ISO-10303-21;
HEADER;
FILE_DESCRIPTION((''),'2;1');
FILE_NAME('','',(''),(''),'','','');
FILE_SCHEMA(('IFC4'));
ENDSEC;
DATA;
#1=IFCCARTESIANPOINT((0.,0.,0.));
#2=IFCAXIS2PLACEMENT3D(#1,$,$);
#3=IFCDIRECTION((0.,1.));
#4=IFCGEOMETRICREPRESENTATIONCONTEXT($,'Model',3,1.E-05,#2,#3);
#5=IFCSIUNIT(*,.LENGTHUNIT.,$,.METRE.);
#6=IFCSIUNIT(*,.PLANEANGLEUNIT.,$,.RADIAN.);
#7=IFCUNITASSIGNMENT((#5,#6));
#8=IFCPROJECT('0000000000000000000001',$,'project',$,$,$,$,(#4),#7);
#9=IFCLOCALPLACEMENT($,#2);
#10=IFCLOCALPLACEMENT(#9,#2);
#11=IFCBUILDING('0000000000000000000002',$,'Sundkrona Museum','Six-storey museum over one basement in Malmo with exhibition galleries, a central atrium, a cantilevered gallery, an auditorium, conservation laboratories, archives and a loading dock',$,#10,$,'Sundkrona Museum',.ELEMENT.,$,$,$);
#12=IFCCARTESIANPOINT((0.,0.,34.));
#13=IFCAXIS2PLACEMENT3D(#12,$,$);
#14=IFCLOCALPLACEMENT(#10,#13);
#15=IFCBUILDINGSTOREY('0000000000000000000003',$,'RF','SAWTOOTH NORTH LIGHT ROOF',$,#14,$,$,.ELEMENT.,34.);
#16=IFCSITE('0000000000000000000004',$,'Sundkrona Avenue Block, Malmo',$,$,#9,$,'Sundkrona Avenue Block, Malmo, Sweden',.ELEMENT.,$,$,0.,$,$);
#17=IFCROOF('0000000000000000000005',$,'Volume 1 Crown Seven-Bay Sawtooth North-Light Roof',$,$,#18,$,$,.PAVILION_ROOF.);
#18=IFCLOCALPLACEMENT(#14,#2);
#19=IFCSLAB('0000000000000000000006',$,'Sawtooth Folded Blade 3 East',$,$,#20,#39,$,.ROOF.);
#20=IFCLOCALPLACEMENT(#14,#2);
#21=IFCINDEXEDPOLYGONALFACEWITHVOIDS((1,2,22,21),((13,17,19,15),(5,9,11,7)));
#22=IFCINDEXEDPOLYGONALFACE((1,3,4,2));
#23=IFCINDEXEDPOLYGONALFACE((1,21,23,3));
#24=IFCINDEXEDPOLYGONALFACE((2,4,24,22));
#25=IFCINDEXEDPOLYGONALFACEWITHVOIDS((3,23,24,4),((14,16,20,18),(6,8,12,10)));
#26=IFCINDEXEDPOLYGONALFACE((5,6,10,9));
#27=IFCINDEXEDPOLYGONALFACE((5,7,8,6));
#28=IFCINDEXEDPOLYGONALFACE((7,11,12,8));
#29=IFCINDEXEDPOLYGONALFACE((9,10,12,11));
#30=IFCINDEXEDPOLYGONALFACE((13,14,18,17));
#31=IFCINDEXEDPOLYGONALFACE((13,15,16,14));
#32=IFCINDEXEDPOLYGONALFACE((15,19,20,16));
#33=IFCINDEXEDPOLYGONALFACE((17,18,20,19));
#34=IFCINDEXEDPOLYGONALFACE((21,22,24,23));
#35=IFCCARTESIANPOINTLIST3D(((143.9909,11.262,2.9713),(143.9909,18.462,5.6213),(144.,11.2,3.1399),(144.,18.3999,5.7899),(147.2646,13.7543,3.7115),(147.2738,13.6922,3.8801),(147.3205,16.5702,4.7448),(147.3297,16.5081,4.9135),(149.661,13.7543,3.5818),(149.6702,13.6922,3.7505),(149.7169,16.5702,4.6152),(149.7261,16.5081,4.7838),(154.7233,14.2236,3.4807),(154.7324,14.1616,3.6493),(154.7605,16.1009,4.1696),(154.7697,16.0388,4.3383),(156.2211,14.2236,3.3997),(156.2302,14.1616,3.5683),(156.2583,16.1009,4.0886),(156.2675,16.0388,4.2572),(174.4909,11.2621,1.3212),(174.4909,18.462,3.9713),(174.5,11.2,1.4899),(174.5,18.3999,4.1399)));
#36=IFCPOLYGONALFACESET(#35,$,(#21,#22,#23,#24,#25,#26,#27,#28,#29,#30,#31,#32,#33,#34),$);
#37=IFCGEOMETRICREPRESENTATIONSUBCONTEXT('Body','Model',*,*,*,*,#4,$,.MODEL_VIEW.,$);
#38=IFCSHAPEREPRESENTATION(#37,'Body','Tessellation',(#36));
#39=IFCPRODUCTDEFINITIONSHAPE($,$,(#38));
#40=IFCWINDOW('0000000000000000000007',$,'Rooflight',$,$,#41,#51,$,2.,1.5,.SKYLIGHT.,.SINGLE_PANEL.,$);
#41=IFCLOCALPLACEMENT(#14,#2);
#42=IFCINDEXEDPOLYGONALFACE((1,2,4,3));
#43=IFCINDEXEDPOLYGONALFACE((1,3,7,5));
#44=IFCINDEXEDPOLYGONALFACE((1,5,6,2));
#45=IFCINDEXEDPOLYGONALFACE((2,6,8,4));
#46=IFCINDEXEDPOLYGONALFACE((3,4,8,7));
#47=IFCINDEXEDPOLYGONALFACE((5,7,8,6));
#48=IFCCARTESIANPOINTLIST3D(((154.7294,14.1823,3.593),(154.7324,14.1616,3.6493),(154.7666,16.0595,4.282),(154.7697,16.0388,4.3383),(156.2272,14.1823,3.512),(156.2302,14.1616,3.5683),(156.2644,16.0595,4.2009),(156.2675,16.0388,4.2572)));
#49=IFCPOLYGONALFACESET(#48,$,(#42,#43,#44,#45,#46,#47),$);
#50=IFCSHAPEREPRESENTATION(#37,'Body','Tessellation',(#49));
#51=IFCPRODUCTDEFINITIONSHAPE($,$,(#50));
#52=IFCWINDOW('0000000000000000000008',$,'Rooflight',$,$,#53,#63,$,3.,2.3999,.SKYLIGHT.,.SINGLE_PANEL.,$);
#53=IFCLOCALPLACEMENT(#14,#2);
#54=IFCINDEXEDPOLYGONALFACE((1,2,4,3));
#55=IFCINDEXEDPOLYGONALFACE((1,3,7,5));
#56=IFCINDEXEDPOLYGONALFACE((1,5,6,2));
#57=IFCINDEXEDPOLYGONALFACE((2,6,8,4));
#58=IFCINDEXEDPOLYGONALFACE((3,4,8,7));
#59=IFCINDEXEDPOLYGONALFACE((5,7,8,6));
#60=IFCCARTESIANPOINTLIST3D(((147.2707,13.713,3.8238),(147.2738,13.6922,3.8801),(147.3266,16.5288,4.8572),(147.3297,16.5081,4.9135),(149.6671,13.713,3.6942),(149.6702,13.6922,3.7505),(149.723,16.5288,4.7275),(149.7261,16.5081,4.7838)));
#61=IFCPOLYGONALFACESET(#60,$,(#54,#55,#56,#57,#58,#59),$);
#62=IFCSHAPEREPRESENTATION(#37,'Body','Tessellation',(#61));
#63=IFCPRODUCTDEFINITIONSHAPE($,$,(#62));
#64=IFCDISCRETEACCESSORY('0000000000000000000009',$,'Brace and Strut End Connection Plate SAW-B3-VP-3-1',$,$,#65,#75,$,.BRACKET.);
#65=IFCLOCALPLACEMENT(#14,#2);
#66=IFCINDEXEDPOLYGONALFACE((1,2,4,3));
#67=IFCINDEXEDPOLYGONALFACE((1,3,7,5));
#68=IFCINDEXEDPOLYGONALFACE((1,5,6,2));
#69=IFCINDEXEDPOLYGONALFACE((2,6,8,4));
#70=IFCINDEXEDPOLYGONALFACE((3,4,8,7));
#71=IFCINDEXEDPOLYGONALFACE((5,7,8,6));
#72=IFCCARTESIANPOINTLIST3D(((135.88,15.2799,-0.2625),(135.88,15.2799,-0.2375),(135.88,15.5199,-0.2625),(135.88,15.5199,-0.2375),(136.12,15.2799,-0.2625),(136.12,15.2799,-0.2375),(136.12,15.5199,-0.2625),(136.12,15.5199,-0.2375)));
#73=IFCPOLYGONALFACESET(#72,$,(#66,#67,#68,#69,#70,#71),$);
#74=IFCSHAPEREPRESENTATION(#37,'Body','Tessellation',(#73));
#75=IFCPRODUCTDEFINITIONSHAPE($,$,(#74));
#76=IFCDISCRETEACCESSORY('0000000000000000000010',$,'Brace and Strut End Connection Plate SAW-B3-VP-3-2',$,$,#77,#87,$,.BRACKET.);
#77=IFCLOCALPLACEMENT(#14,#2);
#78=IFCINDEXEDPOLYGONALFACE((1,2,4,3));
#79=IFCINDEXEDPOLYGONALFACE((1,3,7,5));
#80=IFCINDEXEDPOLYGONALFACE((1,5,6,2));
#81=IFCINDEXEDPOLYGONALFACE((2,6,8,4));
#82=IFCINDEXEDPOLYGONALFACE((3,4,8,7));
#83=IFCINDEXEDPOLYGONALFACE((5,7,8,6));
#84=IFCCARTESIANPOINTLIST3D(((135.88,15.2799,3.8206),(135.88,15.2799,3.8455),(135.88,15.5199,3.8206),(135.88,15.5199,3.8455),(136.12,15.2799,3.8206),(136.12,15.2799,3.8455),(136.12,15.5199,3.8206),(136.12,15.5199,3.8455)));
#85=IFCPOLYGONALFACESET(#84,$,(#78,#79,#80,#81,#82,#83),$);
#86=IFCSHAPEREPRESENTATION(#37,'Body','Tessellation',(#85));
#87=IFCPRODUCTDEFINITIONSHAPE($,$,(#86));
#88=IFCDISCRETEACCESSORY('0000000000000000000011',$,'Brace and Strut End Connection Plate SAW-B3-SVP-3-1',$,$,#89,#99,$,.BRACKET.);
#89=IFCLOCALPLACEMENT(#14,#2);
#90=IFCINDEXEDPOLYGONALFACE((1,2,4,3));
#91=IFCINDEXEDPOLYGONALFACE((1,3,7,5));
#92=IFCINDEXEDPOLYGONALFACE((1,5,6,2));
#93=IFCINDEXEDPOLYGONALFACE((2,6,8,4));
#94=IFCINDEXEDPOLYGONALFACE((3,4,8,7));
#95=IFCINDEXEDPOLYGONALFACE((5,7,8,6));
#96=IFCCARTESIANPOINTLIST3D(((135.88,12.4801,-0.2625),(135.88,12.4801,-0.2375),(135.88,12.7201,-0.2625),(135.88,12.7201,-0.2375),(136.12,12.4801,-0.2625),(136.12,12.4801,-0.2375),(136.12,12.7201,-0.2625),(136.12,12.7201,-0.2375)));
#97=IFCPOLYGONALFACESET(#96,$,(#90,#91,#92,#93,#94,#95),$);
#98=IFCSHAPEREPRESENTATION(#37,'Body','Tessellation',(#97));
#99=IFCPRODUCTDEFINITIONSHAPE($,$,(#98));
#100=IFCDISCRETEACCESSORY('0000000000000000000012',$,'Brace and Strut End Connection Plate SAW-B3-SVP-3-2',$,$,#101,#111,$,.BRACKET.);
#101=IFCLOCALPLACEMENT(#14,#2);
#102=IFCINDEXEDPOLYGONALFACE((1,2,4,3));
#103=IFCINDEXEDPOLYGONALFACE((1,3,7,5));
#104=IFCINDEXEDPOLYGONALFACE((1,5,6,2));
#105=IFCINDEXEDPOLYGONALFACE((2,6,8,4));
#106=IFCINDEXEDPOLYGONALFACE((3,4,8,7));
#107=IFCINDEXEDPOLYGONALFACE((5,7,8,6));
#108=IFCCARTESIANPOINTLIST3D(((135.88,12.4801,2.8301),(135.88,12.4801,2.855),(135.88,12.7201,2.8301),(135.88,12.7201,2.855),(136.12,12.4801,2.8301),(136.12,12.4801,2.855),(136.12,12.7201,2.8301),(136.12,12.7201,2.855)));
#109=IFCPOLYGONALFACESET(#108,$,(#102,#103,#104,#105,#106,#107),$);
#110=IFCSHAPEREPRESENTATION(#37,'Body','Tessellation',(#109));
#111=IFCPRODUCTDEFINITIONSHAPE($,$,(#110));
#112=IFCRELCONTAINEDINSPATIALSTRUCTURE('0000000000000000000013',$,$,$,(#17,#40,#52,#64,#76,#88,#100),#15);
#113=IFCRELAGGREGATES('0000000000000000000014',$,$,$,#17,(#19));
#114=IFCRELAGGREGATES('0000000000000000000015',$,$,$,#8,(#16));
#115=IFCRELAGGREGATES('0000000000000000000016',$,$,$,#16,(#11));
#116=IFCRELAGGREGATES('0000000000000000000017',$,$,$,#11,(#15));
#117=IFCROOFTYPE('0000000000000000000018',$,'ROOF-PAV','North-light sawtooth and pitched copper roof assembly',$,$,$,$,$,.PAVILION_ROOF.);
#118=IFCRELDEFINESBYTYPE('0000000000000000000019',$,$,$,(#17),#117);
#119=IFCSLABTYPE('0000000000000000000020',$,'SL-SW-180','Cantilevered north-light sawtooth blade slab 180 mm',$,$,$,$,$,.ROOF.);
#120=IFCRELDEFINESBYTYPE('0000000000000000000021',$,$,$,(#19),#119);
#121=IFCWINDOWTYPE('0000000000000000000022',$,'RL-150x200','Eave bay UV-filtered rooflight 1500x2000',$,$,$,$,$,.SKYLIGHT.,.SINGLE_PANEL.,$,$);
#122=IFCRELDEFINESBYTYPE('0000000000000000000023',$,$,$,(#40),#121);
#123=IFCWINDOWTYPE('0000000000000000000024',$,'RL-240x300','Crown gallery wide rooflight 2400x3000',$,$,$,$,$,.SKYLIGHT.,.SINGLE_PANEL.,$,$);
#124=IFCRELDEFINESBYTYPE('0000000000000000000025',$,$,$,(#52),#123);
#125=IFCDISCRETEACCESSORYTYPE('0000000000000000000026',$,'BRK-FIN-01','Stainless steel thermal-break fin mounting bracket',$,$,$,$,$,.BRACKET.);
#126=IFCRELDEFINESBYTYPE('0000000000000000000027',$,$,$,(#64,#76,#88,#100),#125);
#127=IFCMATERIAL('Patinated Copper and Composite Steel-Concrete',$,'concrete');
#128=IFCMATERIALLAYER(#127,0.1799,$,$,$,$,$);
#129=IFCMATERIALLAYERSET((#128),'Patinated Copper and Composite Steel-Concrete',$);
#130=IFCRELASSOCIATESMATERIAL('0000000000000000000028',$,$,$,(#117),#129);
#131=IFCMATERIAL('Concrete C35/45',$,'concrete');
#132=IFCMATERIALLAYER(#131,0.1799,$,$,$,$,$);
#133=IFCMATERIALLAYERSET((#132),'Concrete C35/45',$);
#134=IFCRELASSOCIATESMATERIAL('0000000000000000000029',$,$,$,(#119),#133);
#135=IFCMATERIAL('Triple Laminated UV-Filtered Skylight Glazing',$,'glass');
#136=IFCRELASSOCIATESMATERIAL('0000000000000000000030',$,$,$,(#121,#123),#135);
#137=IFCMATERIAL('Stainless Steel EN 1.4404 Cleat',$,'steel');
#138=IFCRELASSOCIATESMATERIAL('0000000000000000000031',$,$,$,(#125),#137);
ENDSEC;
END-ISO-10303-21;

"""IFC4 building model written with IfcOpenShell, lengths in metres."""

from ifc_helpers import new_model, si_unit, direction, frame, origin, origin_2d, place, context, subcontext, project, spatial, polyline, rectangle, outline, extrude, material, layer, layer_set, type_object, element, fill, aggregate, save


model = new_model("IFC4")

# Units and contexts
model_context = context("Model", 3, precision=1e-05, world=origin(), true_north=direction((0.0, 1.0)))
body_context = subcontext(model_context, "Body", "Model", "MODEL_VIEW")
ifc_project = project(units=[si_unit("LENGTHUNIT", "METRE"), si_unit("PLANEANGLEUNIT", "RADIAN")], contexts=[model_context])

# Site, building, storey
site_placement = place(None, origin())
site = spatial("IfcSite", under=ifc_project, at=site_placement, Name="Sundkrona Avenue Block, Malmo", LongName="Sundkrona Avenue Block, Malmo, Sweden", CompositionType="ELEMENT", RefElevation=0.0)
building_placement = place(site_placement, origin())
building = spatial("IfcBuilding", under=site, at=building_placement, Name="Sundkrona Museum", Description="Six-storey museum over one basement in Malmo with exhibition galleries, a central atrium, a cantilevered gallery, an auditorium, conservation laboratories, archives and a loading dock", LongName="Sundkrona Museum", CompositionType="ELEMENT")
storey_placement = place(building_placement, frame((0.0, 0.0, 34.0)))
storey = spatial("IfcBuildingStorey", under=building, at=storey_placement, Name="RF", Description="SAWTOOTH NORTH LIGHT ROOF", CompositionType="ELEMENT", Elevation=34.0)

# Roof, slab, openings, windows
ifc_material_1 = material(Name="Patinated Copper and Composite Steel-Concrete", Category="concrete")
ifc_layer_1 = layer(ifc_material_1, 0.1799)
ifc_layer_set_1 = layer_set([ifc_layer_1], Name="Patinated Copper and Composite Steel-Concrete")
roof_type = type_object("IfcRoofType", Name="ROOF-PAV", Description="North-light sawtooth and pitched copper roof assembly", PredefinedType="PAVILION_ROOF", material=ifc_layer_set_1)
roof_placement = place(storey_placement, origin())
roof = element("IfcRoof", 1, at=roof_placement, inside=storey, type_object=roof_type, Name="Volume 1 Crown Seven-Bay Sawtooth North-Light Roof", PredefinedType="PAVILION_ROOF")
ifc_material_2 = material(Name="Concrete C35/45", Category="concrete")
ifc_layer_2 = layer(ifc_material_2, 0.1799)
ifc_layer_set_2 = layer_set([ifc_layer_2], Name="Concrete C35/45")
slab_type = type_object("IfcSlabType", Name="SL-SW-180", Description="Cantilevered north-light sawtooth blade slab 180 mm", PredefinedType="ROOF", material=ifc_layer_set_2)
slab_placement = place(storey_placement, frame((144.0, 11.2, 3.1399), z_axis=(0.050704, -0.344964, 0.937245), x_axis=(0.99854, 0.000001, -0.05402)))
slab = element("IfcSlab", 2, at=slab_placement, type_object=slab_type, Name="Sawtooth Folded Blade 3 East", PredefinedType="ROOF", context=body_context, shape_type="SweptSolid", body=[
    extrude(outline(polyline([(0.0, 0.0), (30.5446, 0.0), (30.4015, 7.6708), (-0.1432, 7.6709), (0.0, 0.0)])), origin(), (0.0, 0.0, -1.0), 0.1799),
])
opening_1_placement = place(slab_placement, frame((4.429, 4.1553, 0.01)))
opening_1 = element("IfcOpeningElement", 3, at=opening_1_placement, cuts=slab, PredefinedType="OPENING", context=body_context, shape_type="SweptSolid", body=[
    extrude(rectangle(XDim=2.3999, YDim=3.0, at=origin_2d()), origin(), (0.0, 0.0, -1.0), 0.2),
])
opening_2_placement = place(slab_placement, frame((11.4392, 4.1553, 0.01)))
opening_2 = element("IfcOpeningElement", 4, at=opening_2_placement, cuts=slab, PredefinedType="OPENING", context=body_context, shape_type="SweptSolid", body=[
    extrude(rectangle(XDim=1.5, YDim=2.0, at=origin_2d()), origin(), (0.0, 0.0, -1.0), 0.2),
])
ifc_material_3 = material(Name="Triple Laminated UV-Filtered Skylight Glazing", Category="glass")
window_type_1 = type_object("IfcWindowType", Name="RL-150x200", Description="Eave bay UV-filtered rooflight 1500x2000", PartitioningType="SINGLE_PANEL", PredefinedType="SKYLIGHT", material=ifc_material_3)
window_1_placement = place(slab_placement, frame((11.4392, 4.1553, 0.0)))
window_1 = element("IfcWindow", 5, at=window_1_placement, inside=storey, type_object=window_type_1, Name="Rooflight", OverallHeight=2.0, OverallWidth=1.5, PartitioningType="SINGLE_PANEL", PredefinedType="SKYLIGHT", context=body_context, shape_type="SweptSolid", body=[
    extrude(rectangle(XDim=1.5, YDim=2.0, at=origin_2d()), origin(), (0.0, 0.0, -1.0), 0.0601),
])
fill(opening_2, window_1)
window_type_2 = type_object("IfcWindowType", Name="RL-240x300", Description="Crown gallery wide rooflight 2400x3000", PartitioningType="SINGLE_PANEL", PredefinedType="SKYLIGHT", material=ifc_material_3)
window_2_placement = place(slab_placement, frame((4.429, 4.1553, 0.0)))
window_2 = element("IfcWindow", 6, at=window_2_placement, inside=storey, type_object=window_type_2, Name="Rooflight", OverallHeight=3.0, OverallWidth=2.3999, PartitioningType="SINGLE_PANEL", PredefinedType="SKYLIGHT", context=body_context, shape_type="SweptSolid", body=[
    extrude(rectangle(XDim=2.3999, YDim=3.0, at=origin_2d()), origin(), (0.0, 0.0, -1.0), 0.0601),
])
fill(opening_1, window_2)
aggregate(roof, [slab])

# Discrete accessories
ifc_material_4 = material(Name="Stainless Steel EN 1.4404 Cleat", Category="steel")
discrete_accessory_type = type_object("IfcDiscreteAccessoryType", Name="BRK-FIN-01", Description="Stainless steel thermal-break fin mounting bracket", PredefinedType="BRACKET", material=ifc_material_4)
for number, where, z_axis, x_axis, name in (
    (7, (136.0, 15.3999, -0.2625), (0.0, 0.0, 1.0), (1.0, 0.0, 0.0), "Brace and Strut End Connection Plate SAW-B3-VP-3-1"),
    (8, (136.0, 15.3999, 3.8206), (0.0, 0.0, 1.0), (1.0, 0.0, 0.0), "Brace and Strut End Connection Plate SAW-B3-VP-3-2"),
    (9, (136.0, 12.6001, -0.2625), (0.0, 0.0, 1.0), (1.0, 0.0, 0.0), "Brace and Strut End Connection Plate SAW-B3-SVP-3-1"),
    (10, (136.0, 12.6001, 2.8301), (0.0, 0.0, 1.0), (1.0, 0.0, 0.0), "Brace and Strut End Connection Plate SAW-B3-SVP-3-2"),
):
    element("IfcDiscreteAccessory", number, at=place(storey_placement, frame(where, z_axis=z_axis, x_axis=x_axis)), inside=storey, type_object=discrete_accessory_type, Name=name, PredefinedType="BRACKET", context=body_context, shape_type="SweptSolid", body=[
        extrude(rectangle(XDim=0.24, YDim=0.24, at=origin_2d()), origin(), (0.0, 0.0, 1.0), 0.0249),
    ])

save(model, "model.ifc")
